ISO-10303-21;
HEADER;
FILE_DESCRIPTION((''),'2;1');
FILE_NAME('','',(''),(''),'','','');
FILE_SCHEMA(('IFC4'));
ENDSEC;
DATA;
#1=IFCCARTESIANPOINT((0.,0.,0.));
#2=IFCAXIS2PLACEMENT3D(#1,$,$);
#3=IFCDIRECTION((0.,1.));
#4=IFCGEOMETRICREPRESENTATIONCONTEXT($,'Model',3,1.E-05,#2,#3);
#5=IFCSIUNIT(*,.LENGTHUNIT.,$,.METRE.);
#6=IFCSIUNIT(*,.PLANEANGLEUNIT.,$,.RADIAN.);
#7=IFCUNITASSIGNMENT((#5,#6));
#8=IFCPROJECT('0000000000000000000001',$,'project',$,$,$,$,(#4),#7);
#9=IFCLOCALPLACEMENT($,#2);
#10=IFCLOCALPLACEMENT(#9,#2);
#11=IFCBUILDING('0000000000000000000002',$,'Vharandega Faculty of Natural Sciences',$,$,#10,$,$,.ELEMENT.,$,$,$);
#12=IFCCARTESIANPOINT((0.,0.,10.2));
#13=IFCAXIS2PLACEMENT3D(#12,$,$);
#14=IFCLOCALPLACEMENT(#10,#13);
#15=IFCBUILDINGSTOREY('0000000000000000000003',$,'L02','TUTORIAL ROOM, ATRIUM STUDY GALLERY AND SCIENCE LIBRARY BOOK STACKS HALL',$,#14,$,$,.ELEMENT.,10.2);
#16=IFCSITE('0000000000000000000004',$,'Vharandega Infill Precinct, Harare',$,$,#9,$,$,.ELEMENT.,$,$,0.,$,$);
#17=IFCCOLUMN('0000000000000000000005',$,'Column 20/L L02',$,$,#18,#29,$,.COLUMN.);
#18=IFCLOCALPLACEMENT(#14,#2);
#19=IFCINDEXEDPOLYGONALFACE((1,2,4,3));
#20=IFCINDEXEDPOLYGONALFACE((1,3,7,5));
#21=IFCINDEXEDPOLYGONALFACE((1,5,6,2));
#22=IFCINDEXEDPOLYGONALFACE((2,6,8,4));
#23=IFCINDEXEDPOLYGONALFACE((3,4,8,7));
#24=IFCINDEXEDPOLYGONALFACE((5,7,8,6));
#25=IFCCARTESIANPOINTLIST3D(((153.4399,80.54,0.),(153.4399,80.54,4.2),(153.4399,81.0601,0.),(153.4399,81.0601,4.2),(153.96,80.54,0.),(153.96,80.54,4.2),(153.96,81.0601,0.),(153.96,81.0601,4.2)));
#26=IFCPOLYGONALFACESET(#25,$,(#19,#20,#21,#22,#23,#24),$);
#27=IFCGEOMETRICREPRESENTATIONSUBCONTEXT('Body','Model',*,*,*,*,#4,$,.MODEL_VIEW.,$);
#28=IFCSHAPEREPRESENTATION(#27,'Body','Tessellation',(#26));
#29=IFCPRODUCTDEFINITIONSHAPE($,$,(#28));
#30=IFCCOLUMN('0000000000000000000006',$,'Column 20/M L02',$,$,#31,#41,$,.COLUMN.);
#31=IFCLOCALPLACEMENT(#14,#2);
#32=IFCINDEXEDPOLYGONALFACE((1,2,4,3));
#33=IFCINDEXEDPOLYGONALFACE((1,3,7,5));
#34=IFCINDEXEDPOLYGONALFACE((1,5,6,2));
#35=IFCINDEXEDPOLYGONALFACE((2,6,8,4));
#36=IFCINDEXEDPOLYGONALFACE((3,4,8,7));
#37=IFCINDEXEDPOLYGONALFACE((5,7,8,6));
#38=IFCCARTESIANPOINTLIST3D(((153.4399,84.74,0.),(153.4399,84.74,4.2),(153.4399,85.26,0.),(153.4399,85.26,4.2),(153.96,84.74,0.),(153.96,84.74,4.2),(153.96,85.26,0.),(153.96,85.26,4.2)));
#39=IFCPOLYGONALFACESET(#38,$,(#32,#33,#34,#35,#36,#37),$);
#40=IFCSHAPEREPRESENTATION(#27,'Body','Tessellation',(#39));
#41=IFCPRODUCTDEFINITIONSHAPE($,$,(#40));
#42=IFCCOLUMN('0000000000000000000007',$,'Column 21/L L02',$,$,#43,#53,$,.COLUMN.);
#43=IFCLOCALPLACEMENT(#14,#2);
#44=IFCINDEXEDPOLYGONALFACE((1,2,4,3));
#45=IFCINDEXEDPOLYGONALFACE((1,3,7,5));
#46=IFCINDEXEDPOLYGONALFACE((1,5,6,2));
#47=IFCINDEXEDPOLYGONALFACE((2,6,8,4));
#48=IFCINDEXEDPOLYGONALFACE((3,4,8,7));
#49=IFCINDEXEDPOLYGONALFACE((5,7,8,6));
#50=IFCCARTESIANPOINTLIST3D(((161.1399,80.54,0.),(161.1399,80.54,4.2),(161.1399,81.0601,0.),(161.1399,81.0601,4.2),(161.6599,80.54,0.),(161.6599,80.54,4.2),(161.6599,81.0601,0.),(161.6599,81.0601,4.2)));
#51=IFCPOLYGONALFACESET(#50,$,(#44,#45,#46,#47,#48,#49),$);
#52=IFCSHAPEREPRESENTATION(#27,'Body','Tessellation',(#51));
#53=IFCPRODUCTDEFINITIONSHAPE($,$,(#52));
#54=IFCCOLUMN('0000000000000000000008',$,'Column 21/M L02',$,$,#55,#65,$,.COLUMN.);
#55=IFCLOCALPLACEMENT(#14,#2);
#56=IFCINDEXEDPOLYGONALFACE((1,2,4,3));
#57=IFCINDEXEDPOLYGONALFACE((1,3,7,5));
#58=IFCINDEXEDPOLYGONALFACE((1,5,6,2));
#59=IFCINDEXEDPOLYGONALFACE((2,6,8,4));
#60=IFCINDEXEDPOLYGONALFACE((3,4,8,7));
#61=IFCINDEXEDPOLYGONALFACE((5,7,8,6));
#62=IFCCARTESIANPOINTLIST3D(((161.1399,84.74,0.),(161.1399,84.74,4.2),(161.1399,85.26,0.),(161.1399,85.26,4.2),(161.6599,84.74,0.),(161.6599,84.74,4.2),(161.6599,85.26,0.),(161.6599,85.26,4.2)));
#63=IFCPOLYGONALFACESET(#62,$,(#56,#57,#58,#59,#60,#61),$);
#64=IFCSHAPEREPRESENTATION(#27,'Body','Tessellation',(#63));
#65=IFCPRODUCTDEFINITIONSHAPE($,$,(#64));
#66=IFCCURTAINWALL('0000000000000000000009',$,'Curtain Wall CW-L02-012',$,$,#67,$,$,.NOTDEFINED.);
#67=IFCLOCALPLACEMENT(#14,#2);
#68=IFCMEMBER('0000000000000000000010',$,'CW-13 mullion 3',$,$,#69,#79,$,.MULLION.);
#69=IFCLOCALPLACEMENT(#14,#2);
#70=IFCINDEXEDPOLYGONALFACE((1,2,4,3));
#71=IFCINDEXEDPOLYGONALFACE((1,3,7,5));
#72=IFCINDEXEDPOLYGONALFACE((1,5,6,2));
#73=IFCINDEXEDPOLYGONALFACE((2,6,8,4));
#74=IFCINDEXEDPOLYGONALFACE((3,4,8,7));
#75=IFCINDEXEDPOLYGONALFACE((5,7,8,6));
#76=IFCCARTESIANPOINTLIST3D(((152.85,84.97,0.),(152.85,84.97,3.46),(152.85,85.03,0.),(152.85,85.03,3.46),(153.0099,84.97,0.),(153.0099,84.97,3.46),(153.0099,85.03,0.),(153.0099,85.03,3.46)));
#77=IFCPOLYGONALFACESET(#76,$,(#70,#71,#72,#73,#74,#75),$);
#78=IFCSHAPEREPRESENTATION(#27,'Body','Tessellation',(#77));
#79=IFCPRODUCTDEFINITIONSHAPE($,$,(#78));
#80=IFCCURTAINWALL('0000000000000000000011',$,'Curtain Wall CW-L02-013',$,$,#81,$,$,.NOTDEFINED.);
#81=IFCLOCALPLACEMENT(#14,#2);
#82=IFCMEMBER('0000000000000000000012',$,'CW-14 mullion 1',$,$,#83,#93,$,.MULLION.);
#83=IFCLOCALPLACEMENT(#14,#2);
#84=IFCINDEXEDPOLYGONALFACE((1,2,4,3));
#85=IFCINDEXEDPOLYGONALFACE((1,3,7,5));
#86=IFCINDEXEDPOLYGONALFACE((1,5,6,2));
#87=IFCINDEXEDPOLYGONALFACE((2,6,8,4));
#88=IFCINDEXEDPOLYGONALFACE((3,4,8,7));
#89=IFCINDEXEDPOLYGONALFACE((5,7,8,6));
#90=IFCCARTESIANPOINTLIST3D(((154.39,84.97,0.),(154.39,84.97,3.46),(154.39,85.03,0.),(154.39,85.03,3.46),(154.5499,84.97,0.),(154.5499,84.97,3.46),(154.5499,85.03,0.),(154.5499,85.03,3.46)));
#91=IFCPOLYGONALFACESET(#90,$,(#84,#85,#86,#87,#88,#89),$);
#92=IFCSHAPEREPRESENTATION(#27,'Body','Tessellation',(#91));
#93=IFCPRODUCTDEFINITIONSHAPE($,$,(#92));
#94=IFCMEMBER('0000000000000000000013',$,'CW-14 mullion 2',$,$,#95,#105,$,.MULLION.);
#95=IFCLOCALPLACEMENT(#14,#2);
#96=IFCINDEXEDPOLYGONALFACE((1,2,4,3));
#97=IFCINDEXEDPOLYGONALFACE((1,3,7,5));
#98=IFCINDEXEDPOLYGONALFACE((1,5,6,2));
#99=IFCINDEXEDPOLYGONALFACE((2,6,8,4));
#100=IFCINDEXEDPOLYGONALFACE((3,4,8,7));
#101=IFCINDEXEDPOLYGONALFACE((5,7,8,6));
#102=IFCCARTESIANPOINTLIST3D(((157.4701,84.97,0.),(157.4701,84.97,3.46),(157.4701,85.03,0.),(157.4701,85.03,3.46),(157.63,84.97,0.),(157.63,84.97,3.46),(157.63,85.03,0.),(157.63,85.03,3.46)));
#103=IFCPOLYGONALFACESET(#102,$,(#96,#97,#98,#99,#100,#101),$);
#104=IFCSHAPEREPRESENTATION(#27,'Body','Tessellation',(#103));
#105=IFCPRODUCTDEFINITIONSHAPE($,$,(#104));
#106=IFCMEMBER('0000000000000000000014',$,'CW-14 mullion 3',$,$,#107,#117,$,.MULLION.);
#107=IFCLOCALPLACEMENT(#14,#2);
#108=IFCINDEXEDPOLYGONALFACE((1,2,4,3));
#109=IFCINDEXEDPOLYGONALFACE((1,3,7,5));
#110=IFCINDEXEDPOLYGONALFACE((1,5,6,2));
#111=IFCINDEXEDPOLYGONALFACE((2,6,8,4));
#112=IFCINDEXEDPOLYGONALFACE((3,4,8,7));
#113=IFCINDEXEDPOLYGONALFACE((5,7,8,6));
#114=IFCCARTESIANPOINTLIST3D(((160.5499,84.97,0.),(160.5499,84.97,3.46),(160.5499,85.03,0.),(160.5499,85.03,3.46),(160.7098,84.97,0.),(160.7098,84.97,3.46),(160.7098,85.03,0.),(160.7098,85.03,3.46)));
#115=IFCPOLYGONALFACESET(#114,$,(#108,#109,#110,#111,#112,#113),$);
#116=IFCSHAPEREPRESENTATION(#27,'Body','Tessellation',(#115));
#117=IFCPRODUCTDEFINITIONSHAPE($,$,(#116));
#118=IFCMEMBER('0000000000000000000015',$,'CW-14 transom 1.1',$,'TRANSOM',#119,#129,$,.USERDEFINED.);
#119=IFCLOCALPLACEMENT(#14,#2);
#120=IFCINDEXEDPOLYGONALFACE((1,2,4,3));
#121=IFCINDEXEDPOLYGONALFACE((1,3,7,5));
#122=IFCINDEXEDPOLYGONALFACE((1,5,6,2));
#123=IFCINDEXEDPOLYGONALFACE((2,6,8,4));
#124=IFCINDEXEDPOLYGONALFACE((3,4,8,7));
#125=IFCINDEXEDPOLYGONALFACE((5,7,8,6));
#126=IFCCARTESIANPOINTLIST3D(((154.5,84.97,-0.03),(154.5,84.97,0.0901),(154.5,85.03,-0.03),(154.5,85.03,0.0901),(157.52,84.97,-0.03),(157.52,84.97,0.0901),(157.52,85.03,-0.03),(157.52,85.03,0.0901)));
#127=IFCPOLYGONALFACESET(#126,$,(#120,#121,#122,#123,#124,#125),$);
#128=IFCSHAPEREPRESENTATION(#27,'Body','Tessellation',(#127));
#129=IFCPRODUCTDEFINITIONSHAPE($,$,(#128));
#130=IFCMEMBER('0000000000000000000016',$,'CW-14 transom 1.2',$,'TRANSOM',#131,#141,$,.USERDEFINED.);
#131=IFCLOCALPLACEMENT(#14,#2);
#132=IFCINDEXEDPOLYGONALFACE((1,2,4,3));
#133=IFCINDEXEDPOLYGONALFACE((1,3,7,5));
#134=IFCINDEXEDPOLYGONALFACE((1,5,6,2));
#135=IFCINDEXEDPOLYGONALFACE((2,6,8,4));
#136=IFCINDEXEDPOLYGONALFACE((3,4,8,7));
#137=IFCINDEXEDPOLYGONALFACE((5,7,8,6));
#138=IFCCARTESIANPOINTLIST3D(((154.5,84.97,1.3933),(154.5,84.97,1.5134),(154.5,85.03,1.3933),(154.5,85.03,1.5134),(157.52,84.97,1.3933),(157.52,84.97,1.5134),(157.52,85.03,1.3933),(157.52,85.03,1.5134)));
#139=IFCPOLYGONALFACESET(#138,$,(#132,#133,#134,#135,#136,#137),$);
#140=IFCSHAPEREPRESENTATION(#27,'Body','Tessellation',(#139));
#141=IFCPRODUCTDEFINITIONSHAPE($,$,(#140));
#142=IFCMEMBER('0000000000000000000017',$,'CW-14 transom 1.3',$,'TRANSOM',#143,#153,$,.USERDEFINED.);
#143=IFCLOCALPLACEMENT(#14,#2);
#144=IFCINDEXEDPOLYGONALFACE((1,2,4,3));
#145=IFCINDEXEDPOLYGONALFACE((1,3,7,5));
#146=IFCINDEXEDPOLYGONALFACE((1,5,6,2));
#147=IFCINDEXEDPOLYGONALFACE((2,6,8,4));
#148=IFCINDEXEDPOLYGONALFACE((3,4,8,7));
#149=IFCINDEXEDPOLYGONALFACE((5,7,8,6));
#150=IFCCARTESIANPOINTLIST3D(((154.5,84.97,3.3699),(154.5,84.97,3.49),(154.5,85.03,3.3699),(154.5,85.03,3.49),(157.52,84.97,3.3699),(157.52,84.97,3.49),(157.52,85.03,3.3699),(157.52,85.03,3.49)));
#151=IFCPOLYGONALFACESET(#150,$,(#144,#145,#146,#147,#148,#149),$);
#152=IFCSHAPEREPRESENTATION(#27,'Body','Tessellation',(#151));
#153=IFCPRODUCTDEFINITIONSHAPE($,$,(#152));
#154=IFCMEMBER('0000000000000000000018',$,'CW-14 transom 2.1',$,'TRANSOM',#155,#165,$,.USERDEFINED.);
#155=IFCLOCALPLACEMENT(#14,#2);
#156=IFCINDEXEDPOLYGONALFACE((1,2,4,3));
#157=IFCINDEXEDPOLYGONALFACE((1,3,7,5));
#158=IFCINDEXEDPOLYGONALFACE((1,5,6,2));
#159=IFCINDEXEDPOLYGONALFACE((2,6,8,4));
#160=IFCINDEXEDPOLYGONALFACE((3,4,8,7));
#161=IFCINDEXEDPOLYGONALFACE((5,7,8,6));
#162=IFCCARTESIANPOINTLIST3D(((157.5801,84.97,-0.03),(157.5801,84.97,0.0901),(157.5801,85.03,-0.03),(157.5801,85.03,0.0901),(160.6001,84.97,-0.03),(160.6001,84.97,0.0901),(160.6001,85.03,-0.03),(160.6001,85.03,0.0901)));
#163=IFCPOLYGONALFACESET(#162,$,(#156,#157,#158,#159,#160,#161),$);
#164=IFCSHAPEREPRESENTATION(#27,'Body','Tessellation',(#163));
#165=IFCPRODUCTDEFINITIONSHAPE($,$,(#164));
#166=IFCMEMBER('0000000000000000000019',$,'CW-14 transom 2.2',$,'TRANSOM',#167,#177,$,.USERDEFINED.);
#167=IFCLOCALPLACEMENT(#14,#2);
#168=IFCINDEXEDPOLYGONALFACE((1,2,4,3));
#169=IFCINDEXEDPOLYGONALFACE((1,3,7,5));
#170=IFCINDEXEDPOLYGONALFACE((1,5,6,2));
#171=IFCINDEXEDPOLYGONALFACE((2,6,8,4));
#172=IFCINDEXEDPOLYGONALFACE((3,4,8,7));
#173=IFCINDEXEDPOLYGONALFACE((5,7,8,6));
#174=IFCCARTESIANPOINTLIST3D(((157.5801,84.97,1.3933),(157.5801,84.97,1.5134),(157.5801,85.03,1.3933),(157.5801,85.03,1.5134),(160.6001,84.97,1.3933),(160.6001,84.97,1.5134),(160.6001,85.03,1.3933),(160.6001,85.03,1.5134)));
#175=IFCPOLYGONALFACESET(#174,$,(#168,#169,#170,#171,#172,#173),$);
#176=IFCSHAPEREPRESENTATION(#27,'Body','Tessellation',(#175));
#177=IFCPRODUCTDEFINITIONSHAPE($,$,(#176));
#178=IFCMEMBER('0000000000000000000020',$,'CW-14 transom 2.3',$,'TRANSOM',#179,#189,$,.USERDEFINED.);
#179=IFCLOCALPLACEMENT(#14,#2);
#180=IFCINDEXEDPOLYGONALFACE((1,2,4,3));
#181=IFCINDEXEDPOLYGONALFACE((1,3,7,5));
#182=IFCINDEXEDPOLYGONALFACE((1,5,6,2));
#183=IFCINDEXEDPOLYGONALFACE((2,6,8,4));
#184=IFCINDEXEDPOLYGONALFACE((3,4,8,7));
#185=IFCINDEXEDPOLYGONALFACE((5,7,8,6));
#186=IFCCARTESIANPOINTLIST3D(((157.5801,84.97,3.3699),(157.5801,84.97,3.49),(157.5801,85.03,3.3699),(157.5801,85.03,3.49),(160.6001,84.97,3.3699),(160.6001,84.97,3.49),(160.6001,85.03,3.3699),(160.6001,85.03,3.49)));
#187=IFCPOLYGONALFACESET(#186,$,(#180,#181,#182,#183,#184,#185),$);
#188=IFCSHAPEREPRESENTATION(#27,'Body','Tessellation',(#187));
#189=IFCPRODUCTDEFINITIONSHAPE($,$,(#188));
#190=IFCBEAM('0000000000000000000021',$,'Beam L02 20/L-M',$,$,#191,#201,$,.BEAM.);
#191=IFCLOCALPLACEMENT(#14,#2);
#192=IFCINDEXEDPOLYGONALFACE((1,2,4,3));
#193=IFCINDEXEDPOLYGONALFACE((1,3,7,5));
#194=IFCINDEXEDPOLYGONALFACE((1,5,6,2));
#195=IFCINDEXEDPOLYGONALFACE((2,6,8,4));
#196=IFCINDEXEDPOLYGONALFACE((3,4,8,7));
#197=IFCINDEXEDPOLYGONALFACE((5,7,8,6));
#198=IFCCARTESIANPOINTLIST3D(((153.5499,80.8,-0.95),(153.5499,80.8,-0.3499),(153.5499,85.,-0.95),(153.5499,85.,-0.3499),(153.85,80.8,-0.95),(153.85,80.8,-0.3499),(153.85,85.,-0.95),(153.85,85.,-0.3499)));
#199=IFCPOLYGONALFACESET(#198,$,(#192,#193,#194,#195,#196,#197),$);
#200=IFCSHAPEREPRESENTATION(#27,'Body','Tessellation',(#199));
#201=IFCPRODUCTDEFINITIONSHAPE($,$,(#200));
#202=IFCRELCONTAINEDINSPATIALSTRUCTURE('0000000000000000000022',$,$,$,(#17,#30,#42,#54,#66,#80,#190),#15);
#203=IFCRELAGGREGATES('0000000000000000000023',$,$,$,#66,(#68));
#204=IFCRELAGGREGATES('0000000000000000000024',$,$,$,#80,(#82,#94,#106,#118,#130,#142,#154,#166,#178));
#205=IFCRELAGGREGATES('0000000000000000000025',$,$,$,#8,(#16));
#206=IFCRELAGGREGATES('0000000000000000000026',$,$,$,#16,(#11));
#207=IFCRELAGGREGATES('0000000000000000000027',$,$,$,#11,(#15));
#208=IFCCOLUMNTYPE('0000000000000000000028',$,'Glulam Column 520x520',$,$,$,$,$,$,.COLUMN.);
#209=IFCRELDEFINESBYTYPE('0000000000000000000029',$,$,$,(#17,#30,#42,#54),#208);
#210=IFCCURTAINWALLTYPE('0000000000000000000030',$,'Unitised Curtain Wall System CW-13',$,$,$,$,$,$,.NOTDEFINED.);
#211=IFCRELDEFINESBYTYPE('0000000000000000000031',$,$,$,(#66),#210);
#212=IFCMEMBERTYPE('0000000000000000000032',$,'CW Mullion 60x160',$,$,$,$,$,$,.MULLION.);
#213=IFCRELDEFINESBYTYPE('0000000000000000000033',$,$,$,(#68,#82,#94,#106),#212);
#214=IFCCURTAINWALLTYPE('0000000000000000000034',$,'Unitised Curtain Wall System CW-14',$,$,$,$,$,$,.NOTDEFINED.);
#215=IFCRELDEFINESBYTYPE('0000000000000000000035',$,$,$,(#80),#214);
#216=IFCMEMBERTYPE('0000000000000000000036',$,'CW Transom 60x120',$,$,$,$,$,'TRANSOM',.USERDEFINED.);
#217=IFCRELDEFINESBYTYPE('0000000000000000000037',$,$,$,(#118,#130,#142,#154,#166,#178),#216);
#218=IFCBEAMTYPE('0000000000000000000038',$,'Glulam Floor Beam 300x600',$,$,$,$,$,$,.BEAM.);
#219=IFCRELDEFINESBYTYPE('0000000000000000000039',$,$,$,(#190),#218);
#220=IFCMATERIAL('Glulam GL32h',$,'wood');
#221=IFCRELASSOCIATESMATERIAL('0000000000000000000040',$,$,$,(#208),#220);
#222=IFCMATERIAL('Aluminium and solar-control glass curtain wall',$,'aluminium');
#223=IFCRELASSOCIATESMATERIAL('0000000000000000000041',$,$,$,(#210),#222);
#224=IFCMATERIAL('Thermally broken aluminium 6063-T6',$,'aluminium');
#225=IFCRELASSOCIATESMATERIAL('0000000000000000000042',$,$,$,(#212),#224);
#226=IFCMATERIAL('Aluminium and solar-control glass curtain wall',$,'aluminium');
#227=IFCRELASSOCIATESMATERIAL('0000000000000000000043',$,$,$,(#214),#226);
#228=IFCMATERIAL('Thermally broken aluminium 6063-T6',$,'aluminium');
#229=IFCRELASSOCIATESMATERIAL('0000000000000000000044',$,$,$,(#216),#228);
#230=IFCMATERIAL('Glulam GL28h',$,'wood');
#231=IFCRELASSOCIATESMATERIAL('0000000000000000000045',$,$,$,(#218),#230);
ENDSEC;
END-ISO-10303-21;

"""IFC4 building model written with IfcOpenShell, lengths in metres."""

from ifc_helpers import new_model, si_unit, direction, frame, origin, origin_2d, place, context, subcontext, project, spatial, rectangle, extrude, material, material_profile, profile_set, type_object, element, aggregate, save


model = new_model("IFC4")

# Units and contexts
model_context = context("Model", 3, precision=1e-05, world=origin(), true_north=direction((0.0, 1.0)))
body_context = subcontext(model_context, "Body", "Model", "MODEL_VIEW")
ifc_project = project(units=[si_unit("LENGTHUNIT", "METRE"), si_unit("PLANEANGLEUNIT", "RADIAN")], contexts=[model_context])

# Site, building, storey
site_placement = place(None, origin())
site = spatial("IfcSite", under=ifc_project, at=site_placement, Name="Vharandega Infill Precinct, Harare", CompositionType="ELEMENT", RefElevation=0.0)
building_placement = place(site_placement, origin())
building = spatial("IfcBuilding", under=site, at=building_placement, Name="Vharandega Faculty of Natural Sciences", CompositionType="ELEMENT")
storey_placement = place(building_placement, frame((0.0, 0.0, 10.2)))
storey = spatial("IfcBuildingStorey", under=building, at=storey_placement, Name="L02", Description="TUTORIAL ROOM, ATRIUM STUDY GALLERY AND SCIENCE LIBRARY BOOK STACKS HALL", CompositionType="ELEMENT", Elevation=10.2)

# Columns
ifc_material_1 = material(Name="Glulam GL32h", Category="wood")
ifc_material_profile_1 = material_profile(ifc_material_1, rectangle(XDim=0.52, YDim=0.52, at=origin_2d()), Name="GL32h 520x520")
ifc_profile_set_1 = profile_set([ifc_material_profile_1], Name="Glulam GL32h")
column_type = type_object("IfcColumnType", Name="Glulam Column 520x520", PredefinedType="COLUMN", material=ifc_profile_set_1)
for number, where, z_axis, x_axis, name in (
    (1, (153.7, 80.8, 0.0), (0.0, 0.0, 1.0), (1.0, 0.0, 0.0), "Column 20/L L02"),
    (2, (153.7, 85.0, 0.0), (0.0, 0.0, 1.0), (1.0, 0.0, 0.0), "Column 20/M L02"),
    (3, (161.3999, 80.8, 0.0), (0.0, 0.0, 1.0), (1.0, 0.0, 0.0), "Column 21/L L02"),
    (4, (161.3999, 85.0, 0.0), (0.0, 0.0, 1.0), (1.0, 0.0, 0.0), "Column 21/M L02"),
):
    element("IfcColumn", number, at=place(storey_placement, frame(where, z_axis=z_axis, x_axis=x_axis)), inside=storey, type_object=column_type, Name=name, PredefinedType="COLUMN", context=body_context, shape_type="SweptSolid", body=[
        extrude(rectangle(XDim=0.52, YDim=0.52, at=origin_2d()), origin(), (0.0, 0.0, 1.0), 4.2),
    ])

# Curtain wall, member
ifc_material_2 = material(Name="Aluminium and solar-control glass curtain wall", Category="aluminium")
curtain_wall_type_1 = type_object("IfcCurtainWallType", Name="Unitised Curtain Wall System CW-13", PredefinedType="NOTDEFINED", material=ifc_material_2)
curtain_wall_1_placement = place(storey_placement, origin())
curtain_wall_1 = element("IfcCurtainWall", 5, at=curtain_wall_1_placement, inside=storey, type_object=curtain_wall_type_1, Name="Curtain Wall CW-L02-012", PredefinedType="NOTDEFINED")
ifc_material_3 = material(Name="Thermally broken aluminium 6063-T6", Category="aluminium")
ifc_material_profile_2 = material_profile(ifc_material_3, rectangle(XDim=0.0601, YDim=0.1599, at=origin_2d()), Name="ALU 60x160")
ifc_profile_set_2 = profile_set([ifc_material_profile_2], Name="Thermally broken aluminium 6063-T6")
member_type_1 = type_object("IfcMemberType", Name="CW Mullion 60x160", PredefinedType="MULLION", material=ifc_profile_set_2)
member_1_placement = place(storey_placement, frame((152.9299, 85.0, 0.0), z_axis=(0.0, 0.0, 1.0), x_axis=(0.0, 1.0, 0.0)))
member_1 = element("IfcMember", 6, at=member_1_placement, type_object=member_type_1, Name="CW-13 mullion 3", PredefinedType="MULLION", context=body_context, shape_type="SweptSolid", body=[
    extrude(rectangle(XDim=0.0601, YDim=0.1599, at=origin_2d()), origin(), (0.0, 0.0, 1.0), 3.46),
])

# Curtain wall, members
ifc_material_4 = material(Name="Aluminium and solar-control glass curtain wall", Category="aluminium")
curtain_wall_type_2 = type_object("IfcCurtainWallType", Name="Unitised Curtain Wall System CW-14", PredefinedType="NOTDEFINED", material=ifc_material_4)
curtain_wall_2_placement = place(storey_placement, origin())
curtain_wall_2 = element("IfcCurtainWall", 7, at=curtain_wall_2_placement, inside=storey, type_object=curtain_wall_type_2, Name="Curtain Wall CW-L02-013", PredefinedType="NOTDEFINED")
member_2_placement = place(storey_placement, frame((154.47, 85.0, 0.0), z_axis=(0.0, 0.0, 1.0), x_axis=(0.0, 1.0, 0.0)))
member_2 = element("IfcMember", 8, at=member_2_placement, type_object=member_type_1, Name="CW-14 mullion 1", PredefinedType="MULLION", context=body_context, shape_type="SweptSolid", body=[
    extrude(rectangle(XDim=0.0601, YDim=0.1599, at=origin_2d()), origin(), (0.0, 0.0, 1.0), 3.46),
])
member_3_placement = place(storey_placement, frame((157.55, 85.0, 0.0), z_axis=(0.0, 0.0, 1.0), x_axis=(0.0, 1.0, 0.0)))
member_3 = element("IfcMember", 9, at=member_3_placement, type_object=member_type_1, Name="CW-14 mullion 2", PredefinedType="MULLION", context=body_context, shape_type="SweptSolid", body=[
    extrude(rectangle(XDim=0.0601, YDim=0.1599, at=origin_2d()), origin(), (0.0, 0.0, 1.0), 3.46),
])
member_4_placement = place(storey_placement, frame((160.6299, 85.0, 0.0), z_axis=(0.0, 0.0, 1.0), x_axis=(0.0, 1.0, 0.0)))
member_4 = element("IfcMember", 10, at=member_4_placement, type_object=member_type_1, Name="CW-14 mullion 3", PredefinedType="MULLION", context=body_context, shape_type="SweptSolid", body=[
    extrude(rectangle(XDim=0.0601, YDim=0.1599, at=origin_2d()), origin(), (0.0, 0.0, 1.0), 3.46),
])
ifc_material_5 = material(Name="Thermally broken aluminium 6063-T6", Category="aluminium")
ifc_material_profile_3 = material_profile(ifc_material_5, rectangle(XDim=0.0601, YDim=0.1201, at=origin_2d()), Name="ALU 60x120")
ifc_profile_set_3 = profile_set([ifc_material_profile_3], Name="Thermally broken aluminium 6063-T6")
member_type_2 = type_object("IfcMemberType", Name="CW Transom 60x120", ElementType="TRANSOM", PredefinedType="USERDEFINED", material=ifc_profile_set_3)
member_5_placement = place(storey_placement, frame((154.5, 85.0, 0.03), z_axis=(1.0, 0.0, 0.0), x_axis=(0.0, 1.0, 0.0)))
member_5 = element("IfcMember", 11, at=member_5_placement, type_object=member_type_2, Name="CW-14 transom 1.1", ObjectType="TRANSOM", PredefinedType="USERDEFINED", context=body_context, shape_type="SweptSolid", body=[
    extrude(rectangle(XDim=0.0601, YDim=0.1201, at=origin_2d()), origin(), (0.0, 0.0, 1.0), 3.02),
])
member_6_placement = place(storey_placement, frame((154.5, 85.0, 1.4534), z_axis=(1.0, 0.0, 0.0), x_axis=(0.0, 1.0, 0.0)))
member_6 = element("IfcMember", 12, at=member_6_placement, type_object=member_type_2, Name="CW-14 transom 1.2", ObjectType="TRANSOM", PredefinedType="USERDEFINED", context=body_context, shape_type="SweptSolid", body=[
    extrude(rectangle(XDim=0.0601, YDim=0.1201, at=origin_2d()), origin(), (0.0, 0.0, 1.0), 3.02),
])
member_7_placement = place(storey_placement, frame((154.5, 85.0, 3.4299), z_axis=(1.0, 0.0, 0.0), x_axis=(0.0, 1.0, 0.0)))
member_7 = element("IfcMember", 13, at=member_7_placement, type_object=member_type_2, Name="CW-14 transom 1.3", ObjectType="TRANSOM", PredefinedType="USERDEFINED", context=body_context, shape_type="SweptSolid", body=[
    extrude(rectangle(XDim=0.0601, YDim=0.1201, at=origin_2d()), origin(), (0.0, 0.0, 1.0), 3.02),
])
member_8_placement = place(storey_placement, frame((157.5801, 85.0, 0.03), z_axis=(1.0, 0.0, 0.0), x_axis=(0.0, 1.0, 0.0)))
member_8 = element("IfcMember", 14, at=member_8_placement, type_object=member_type_2, Name="CW-14 transom 2.1", ObjectType="TRANSOM", PredefinedType="USERDEFINED", context=body_context, shape_type="SweptSolid", body=[
    extrude(rectangle(XDim=0.0601, YDim=0.1201, at=origin_2d()), origin(), (0.0, 0.0, 1.0), 3.02),
])
member_9_placement = place(storey_placement, frame((157.5801, 85.0, 1.4534), z_axis=(1.0, 0.0, 0.0), x_axis=(0.0, 1.0, 0.0)))
member_9 = element("IfcMember", 15, at=member_9_placement, type_object=member_type_2, Name="CW-14 transom 2.2", ObjectType="TRANSOM", PredefinedType="USERDEFINED", context=body_context, shape_type="SweptSolid", body=[
    extrude(rectangle(XDim=0.0601, YDim=0.1201, at=origin_2d()), origin(), (0.0, 0.0, 1.0), 3.02),
])
member_10_placement = place(storey_placement, frame((157.5801, 85.0, 3.4299), z_axis=(1.0, 0.0, 0.0), x_axis=(0.0, 1.0, 0.0)))
member_10 = element("IfcMember", 16, at=member_10_placement, type_object=member_type_2, Name="CW-14 transom 2.3", ObjectType="TRANSOM", PredefinedType="USERDEFINED", context=body_context, shape_type="SweptSolid", body=[
    extrude(rectangle(XDim=0.0601, YDim=0.1201, at=origin_2d()), origin(), (0.0, 0.0, 1.0), 3.02),
])

# Beam
ifc_material_6 = material(Name="Glulam GL28h", Category="wood")
ifc_material_profile_4 = material_profile(ifc_material_6, rectangle(XDim=0.3, YDim=0.6001, at=origin_2d()), Name="GL28h 300x600")
ifc_profile_set_4 = profile_set([ifc_material_profile_4], Name="Glulam GL28h")
beam_type_1 = type_object("IfcBeamType", Name="Glulam Floor Beam 300x600", PredefinedType="BEAM", material=ifc_profile_set_4)
beam_1_placement = place(storey_placement, frame((153.7, 80.8, -0.6499), z_axis=(0.0, 1.0, 0.0), x_axis=(-1.0, 0.0, 0.0)))
element("IfcBeam", 17, at=beam_1_placement, inside=storey, type_object=beam_type_1, Name="Beam L02 20/L-M", PredefinedType="BEAM", context=body_context, shape_type="SweptSolid", body=[
    extrude(rectangle(XDim=0.3, YDim=0.6001, at=origin_2d()), origin(), (0.0, 0.0, 1.0), 4.2),
])

aggregate(curtain_wall_1, [member_1])
aggregate(curtain_wall_2, [member_2, member_3, member_4, member_5, member_6, member_7, member_8, member_9, member_10])

save(model, "model.ifc")
